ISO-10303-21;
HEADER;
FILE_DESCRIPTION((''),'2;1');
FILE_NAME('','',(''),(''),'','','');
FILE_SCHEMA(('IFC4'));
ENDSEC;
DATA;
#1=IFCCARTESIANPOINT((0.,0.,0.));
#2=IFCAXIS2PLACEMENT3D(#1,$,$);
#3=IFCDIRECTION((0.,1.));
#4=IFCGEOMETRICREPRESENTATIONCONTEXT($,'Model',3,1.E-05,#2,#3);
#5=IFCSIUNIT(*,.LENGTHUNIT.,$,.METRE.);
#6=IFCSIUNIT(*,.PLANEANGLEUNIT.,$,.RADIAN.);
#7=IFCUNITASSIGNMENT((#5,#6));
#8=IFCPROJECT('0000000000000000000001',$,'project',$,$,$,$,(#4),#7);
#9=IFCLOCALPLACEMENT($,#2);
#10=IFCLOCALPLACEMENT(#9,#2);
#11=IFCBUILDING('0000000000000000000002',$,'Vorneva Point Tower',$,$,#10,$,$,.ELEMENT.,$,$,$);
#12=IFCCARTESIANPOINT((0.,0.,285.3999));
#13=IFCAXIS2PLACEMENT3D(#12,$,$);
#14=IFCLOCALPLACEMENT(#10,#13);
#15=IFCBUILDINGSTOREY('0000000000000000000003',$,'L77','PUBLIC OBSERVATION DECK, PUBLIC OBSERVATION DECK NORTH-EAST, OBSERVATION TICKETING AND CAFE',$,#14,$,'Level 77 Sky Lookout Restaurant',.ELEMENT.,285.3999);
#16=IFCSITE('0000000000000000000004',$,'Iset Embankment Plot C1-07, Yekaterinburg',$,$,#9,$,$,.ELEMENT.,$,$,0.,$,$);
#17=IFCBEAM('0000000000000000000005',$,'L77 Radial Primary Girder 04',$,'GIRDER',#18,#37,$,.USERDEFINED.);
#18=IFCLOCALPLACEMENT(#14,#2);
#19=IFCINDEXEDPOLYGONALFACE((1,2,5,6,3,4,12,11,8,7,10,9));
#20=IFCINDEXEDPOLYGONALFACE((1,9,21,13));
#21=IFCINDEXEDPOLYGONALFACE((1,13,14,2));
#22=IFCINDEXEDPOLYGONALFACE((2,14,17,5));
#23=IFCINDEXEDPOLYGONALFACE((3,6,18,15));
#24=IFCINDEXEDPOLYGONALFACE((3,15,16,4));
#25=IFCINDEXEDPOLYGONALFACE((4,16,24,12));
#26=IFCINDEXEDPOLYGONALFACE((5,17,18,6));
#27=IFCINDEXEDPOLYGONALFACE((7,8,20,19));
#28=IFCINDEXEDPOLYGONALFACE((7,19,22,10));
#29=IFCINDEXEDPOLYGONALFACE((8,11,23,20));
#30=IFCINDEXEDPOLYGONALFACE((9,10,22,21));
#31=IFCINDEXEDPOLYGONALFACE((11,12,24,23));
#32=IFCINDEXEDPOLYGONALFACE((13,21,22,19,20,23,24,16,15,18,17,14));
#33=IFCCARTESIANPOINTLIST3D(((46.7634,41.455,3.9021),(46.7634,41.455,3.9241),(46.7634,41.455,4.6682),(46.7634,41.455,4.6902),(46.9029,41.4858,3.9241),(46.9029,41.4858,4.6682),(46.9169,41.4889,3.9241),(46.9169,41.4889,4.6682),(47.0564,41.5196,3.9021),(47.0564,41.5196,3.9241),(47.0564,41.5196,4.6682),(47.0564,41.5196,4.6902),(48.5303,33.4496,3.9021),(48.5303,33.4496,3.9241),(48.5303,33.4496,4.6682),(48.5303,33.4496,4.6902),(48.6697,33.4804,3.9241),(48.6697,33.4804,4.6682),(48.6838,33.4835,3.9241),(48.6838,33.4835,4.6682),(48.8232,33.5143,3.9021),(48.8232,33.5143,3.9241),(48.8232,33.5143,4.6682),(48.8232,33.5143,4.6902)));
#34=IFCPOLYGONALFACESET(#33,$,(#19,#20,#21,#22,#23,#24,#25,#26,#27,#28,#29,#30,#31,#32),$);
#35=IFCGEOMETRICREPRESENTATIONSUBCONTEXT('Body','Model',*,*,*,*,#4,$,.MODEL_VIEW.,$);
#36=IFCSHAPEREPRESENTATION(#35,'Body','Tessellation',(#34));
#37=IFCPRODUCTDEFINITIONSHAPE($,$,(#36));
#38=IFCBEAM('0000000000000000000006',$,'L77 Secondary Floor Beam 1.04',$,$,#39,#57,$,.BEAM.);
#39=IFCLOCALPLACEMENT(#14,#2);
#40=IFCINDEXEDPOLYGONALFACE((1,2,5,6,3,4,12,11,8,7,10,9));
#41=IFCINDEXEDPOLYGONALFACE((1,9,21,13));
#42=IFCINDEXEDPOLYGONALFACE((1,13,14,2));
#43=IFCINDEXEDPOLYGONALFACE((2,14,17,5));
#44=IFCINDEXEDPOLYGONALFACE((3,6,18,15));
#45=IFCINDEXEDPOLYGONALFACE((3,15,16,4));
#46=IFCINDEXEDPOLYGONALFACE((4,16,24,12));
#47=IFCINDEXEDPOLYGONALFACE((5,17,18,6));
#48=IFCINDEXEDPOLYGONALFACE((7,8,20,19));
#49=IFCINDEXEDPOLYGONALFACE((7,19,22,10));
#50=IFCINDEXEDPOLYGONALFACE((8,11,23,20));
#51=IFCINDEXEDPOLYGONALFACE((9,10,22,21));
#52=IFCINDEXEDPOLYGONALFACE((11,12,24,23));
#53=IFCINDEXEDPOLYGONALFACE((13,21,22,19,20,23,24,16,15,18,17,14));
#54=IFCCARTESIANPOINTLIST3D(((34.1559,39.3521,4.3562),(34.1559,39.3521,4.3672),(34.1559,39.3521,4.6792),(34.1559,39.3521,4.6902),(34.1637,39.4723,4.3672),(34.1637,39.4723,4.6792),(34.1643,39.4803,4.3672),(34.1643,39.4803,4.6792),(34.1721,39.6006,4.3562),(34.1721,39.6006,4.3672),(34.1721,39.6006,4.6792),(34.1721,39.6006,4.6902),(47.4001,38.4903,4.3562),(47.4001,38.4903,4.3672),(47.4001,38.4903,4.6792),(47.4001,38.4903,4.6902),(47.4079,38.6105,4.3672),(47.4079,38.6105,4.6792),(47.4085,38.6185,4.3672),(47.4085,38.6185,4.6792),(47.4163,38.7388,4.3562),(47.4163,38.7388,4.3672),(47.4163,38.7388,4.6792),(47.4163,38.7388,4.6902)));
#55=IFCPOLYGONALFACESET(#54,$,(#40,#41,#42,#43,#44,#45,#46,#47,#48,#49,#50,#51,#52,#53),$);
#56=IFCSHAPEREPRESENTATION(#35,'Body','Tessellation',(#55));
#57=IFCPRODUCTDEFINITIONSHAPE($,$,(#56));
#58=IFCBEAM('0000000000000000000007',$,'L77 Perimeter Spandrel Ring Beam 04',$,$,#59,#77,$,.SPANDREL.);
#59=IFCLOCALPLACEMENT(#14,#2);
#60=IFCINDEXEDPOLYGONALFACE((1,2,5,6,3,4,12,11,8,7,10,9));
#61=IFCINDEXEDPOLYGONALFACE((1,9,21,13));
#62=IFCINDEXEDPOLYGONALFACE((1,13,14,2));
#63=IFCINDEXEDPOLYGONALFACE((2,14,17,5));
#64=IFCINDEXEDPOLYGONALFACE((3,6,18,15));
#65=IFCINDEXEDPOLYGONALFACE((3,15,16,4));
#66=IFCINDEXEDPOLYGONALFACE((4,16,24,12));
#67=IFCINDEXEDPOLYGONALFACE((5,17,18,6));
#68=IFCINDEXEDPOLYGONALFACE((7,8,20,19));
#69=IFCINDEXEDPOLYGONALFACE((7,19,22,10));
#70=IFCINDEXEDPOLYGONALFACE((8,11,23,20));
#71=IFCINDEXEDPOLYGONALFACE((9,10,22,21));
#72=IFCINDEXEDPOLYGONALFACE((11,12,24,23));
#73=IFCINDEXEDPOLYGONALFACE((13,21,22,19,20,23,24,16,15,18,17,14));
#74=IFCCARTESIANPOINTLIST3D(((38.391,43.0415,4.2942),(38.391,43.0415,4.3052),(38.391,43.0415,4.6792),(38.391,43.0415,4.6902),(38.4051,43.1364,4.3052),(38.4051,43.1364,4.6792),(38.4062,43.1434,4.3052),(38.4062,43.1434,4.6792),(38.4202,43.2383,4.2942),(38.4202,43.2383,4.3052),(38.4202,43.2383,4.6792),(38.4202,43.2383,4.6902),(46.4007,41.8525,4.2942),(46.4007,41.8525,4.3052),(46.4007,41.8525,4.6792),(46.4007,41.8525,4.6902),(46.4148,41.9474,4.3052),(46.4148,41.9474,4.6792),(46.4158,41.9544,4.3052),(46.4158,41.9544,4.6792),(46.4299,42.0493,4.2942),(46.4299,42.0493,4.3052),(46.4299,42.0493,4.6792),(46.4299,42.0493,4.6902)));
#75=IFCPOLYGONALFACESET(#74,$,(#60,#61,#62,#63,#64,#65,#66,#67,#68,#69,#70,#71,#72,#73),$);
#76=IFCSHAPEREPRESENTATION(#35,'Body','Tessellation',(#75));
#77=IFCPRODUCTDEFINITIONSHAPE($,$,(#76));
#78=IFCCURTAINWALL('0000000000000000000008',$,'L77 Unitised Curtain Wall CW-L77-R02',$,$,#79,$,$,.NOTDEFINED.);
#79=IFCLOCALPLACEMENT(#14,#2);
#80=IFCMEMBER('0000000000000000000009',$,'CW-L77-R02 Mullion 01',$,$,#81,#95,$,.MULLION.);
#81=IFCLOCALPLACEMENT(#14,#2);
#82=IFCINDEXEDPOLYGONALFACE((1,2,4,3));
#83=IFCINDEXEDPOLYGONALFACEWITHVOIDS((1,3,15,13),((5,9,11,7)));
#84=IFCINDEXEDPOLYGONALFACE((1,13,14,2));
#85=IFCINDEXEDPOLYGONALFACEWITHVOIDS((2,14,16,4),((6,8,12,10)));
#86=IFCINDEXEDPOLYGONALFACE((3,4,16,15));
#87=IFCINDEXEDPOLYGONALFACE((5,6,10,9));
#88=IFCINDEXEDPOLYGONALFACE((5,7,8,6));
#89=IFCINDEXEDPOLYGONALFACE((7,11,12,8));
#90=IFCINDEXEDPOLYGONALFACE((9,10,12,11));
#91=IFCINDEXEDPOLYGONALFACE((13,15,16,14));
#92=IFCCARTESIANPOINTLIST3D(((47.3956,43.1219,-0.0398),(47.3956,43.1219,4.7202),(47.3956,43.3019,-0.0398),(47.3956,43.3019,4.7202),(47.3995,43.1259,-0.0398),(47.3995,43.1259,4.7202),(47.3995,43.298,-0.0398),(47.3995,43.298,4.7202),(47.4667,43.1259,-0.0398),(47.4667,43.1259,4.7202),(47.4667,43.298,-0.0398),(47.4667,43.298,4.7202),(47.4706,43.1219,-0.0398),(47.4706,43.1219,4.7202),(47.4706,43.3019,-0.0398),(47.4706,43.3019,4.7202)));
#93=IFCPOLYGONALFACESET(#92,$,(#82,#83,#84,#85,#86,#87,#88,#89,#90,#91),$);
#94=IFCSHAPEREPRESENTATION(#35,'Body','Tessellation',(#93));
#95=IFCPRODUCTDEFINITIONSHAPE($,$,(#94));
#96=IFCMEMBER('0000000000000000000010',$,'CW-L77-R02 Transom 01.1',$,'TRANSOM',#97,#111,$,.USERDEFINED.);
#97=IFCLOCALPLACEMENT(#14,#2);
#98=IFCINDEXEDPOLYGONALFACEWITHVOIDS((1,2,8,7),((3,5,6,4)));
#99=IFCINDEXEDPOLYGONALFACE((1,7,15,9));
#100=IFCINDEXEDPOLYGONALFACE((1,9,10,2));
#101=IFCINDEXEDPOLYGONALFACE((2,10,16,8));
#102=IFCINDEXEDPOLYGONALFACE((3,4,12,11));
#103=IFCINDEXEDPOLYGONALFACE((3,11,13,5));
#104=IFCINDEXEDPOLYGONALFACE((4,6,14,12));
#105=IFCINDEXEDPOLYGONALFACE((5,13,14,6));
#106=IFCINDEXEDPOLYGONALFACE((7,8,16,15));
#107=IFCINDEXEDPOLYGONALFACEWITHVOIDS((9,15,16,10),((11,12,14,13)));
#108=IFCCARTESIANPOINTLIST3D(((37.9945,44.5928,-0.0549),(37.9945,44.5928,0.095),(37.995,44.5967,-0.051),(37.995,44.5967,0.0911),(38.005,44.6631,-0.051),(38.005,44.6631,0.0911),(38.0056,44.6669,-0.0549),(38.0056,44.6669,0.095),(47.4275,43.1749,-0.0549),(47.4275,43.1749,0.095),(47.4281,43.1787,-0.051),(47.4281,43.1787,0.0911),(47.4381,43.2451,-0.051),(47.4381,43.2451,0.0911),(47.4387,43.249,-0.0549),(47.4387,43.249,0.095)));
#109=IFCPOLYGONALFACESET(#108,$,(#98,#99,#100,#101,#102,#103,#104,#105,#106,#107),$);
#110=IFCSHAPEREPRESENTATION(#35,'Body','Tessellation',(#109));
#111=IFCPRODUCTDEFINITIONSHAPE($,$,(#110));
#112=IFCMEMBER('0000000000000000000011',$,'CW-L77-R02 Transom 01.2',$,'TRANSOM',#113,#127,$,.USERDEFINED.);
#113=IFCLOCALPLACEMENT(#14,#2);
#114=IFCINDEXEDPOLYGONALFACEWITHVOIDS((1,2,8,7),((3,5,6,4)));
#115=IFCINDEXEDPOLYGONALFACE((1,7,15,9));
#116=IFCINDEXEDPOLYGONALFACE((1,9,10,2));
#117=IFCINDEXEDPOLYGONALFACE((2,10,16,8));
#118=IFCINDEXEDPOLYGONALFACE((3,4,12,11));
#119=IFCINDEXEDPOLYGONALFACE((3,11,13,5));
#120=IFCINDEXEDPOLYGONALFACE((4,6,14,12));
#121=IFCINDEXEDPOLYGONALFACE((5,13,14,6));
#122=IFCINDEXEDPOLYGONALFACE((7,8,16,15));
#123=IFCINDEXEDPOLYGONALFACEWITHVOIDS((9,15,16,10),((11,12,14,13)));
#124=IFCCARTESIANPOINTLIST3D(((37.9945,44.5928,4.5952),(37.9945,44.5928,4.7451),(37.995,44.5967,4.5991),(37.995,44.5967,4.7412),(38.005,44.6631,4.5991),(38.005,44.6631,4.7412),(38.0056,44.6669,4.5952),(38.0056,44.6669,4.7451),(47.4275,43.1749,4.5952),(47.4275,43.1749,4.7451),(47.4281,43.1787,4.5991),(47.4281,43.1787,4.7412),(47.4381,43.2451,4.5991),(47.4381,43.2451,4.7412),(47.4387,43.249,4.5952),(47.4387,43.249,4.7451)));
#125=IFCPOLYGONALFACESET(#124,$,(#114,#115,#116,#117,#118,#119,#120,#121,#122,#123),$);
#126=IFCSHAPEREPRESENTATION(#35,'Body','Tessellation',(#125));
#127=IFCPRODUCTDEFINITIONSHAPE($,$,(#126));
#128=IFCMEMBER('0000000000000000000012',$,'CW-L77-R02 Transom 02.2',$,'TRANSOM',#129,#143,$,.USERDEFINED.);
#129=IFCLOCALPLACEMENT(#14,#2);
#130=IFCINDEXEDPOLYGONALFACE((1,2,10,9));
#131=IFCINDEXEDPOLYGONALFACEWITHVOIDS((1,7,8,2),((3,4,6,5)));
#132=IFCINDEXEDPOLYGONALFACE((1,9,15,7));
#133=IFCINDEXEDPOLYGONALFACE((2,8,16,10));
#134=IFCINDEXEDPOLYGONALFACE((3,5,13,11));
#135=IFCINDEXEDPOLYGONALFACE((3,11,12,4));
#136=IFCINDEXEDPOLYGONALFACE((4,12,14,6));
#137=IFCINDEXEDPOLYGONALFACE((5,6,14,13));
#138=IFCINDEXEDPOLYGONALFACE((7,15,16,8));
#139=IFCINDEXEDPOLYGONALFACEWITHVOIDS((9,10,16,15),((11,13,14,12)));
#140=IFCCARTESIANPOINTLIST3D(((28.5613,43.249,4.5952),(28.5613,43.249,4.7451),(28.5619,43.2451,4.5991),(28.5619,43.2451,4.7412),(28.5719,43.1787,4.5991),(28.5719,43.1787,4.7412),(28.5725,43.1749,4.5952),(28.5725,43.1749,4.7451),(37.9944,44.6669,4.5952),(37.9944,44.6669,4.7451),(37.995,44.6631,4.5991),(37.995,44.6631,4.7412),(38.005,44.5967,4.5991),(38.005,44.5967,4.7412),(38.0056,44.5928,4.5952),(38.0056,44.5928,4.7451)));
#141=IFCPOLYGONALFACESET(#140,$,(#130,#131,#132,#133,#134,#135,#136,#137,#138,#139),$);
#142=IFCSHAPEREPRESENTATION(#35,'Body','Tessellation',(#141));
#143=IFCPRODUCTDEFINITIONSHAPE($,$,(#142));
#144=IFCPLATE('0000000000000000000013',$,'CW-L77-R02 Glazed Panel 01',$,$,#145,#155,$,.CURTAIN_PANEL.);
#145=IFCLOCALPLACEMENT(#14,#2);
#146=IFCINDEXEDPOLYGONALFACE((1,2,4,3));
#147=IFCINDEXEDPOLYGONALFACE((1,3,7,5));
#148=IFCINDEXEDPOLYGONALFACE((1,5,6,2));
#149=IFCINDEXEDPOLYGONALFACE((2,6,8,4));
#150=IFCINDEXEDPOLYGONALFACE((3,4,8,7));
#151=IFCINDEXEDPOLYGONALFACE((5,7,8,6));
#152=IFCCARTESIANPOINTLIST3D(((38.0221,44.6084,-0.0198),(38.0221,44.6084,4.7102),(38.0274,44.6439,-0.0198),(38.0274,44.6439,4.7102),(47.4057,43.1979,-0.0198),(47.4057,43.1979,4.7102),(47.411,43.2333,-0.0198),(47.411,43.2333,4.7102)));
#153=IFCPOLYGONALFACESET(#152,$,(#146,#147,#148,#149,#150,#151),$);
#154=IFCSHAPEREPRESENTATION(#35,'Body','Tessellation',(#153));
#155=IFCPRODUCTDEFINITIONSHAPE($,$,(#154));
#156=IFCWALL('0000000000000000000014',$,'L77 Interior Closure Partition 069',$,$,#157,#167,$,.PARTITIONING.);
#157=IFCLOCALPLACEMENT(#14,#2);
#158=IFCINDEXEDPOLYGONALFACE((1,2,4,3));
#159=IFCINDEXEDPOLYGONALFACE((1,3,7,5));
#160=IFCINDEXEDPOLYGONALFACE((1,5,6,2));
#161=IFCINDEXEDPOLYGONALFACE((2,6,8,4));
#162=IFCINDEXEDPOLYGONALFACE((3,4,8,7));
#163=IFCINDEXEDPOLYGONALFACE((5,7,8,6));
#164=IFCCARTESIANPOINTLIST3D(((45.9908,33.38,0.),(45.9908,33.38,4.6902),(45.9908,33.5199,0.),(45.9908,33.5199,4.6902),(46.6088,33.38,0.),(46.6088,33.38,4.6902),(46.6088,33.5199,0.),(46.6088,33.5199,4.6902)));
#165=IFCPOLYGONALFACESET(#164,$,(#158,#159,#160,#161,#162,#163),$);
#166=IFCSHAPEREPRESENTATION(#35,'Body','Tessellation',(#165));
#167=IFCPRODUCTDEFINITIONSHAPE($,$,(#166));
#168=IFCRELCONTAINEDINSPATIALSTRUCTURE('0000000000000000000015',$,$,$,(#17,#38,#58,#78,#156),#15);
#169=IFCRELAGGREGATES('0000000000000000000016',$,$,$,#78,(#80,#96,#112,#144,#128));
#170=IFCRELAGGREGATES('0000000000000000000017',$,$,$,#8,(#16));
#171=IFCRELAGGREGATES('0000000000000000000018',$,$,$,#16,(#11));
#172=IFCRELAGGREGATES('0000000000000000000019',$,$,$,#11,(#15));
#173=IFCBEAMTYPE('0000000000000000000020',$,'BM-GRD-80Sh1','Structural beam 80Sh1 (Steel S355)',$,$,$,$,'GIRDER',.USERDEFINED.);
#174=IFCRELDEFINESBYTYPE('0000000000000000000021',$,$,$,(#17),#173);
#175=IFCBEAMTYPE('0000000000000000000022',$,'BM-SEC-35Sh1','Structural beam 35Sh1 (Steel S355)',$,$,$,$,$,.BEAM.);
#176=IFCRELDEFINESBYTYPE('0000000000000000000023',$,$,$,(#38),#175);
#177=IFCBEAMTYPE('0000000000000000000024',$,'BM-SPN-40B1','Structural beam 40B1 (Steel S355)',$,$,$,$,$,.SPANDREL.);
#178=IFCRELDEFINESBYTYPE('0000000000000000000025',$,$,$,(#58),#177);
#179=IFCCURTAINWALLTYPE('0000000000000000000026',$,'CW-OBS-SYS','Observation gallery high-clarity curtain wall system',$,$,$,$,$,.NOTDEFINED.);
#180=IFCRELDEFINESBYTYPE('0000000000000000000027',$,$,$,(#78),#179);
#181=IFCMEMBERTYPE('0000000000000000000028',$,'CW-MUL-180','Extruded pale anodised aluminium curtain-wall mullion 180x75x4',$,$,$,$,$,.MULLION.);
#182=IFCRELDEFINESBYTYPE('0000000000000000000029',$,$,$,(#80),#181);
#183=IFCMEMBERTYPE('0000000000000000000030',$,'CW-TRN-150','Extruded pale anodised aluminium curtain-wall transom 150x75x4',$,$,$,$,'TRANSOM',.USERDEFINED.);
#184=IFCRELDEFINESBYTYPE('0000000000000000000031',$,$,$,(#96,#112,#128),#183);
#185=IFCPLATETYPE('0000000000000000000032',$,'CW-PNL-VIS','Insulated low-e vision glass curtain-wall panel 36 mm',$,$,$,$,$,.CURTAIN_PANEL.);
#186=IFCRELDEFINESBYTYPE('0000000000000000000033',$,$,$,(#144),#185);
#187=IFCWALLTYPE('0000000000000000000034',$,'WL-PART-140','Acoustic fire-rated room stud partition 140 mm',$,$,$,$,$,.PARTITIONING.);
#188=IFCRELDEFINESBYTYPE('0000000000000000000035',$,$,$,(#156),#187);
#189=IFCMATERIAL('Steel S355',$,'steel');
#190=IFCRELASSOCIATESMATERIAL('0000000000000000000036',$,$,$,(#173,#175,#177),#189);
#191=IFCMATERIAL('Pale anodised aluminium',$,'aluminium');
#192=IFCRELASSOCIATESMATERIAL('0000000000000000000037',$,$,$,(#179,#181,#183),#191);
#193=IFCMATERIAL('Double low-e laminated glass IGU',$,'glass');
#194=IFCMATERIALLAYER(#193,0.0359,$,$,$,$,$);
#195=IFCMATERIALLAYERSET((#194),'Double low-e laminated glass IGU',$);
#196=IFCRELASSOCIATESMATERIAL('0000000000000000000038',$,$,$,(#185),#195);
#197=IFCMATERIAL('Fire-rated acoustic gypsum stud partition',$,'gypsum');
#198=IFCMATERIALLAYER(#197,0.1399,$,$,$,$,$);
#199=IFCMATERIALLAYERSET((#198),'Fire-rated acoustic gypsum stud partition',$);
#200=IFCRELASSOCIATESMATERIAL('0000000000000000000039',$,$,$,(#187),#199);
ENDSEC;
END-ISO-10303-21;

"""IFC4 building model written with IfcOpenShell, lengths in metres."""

from ifc_helpers import new_model, si_unit, direction, frame, frame_2d, origin, origin_2d, place, context, subcontext, project, spatial, rectangle, hollow_rectangle, i_section, extrude, material, layer, layer_set, material_profile, profile_set, type_object, element, aggregate, save


model = new_model("IFC4")

# Units and contexts
model_context = context("Model", 3, precision=1e-05, world=origin(), true_north=direction((0.0, 1.0)))
body_context = subcontext(model_context, "Body", "Model", "MODEL_VIEW")
ifc_project = project(units=[si_unit("LENGTHUNIT", "METRE"), si_unit("PLANEANGLEUNIT", "RADIAN")], contexts=[model_context])

# Site, building, storey
site_placement = place(None, origin())
site = spatial("IfcSite", under=ifc_project, at=site_placement, Name="Iset Embankment Plot C1-07, Yekaterinburg", CompositionType="ELEMENT", RefElevation=0.0)
building_placement = place(site_placement, origin())
building = spatial("IfcBuilding", under=site, at=building_placement, Name="Vorneva Point Tower", CompositionType="ELEMENT")
storey_placement = place(building_placement, frame((0.0, 0.0, 285.3999)))
storey = spatial("IfcBuildingStorey", under=building, at=storey_placement, Name="L77", Description="PUBLIC OBSERVATION DECK, PUBLIC OBSERVATION DECK NORTH-EAST, OBSERVATION TICKETING AND CAFE", LongName="Level 77 Sky Lookout Restaurant", CompositionType="ELEMENT", Elevation=285.3999)

# Beams
ifc_material_1 = material(Name="Steel S355", Category="steel")
ifc_material_profile_1 = material_profile(ifc_material_1, i_section(OverallWidth=0.3, OverallDepth=0.7881, WebThickness=0.0144, FlangeThickness=0.022, at=origin_2d()), Name="80Sh1")
ifc_profile_set_1 = profile_set([ifc_material_profile_1], Name="Steel S355")
beam_type_1 = type_object("IfcBeamType", Name="BM-GRD-80Sh1", Description="Structural beam 80Sh1 (Steel S355)", ElementType="GIRDER", PredefinedType="USERDEFINED", material=ifc_profile_set_1)
beam_1_placement = place(storey_placement, frame((46.9099, 41.4873, 4.2961), z_axis=(0.215521, -0.976499, 0.0), x_axis=(0.976499, 0.215521, 0.0)))
element("IfcBeam", 1, at=beam_1_placement, inside=storey, type_object=beam_type_1, Name="L77 Radial Primary Girder 04", ObjectType="GIRDER", PredefinedType="USERDEFINED", context=body_context, shape_type="SweptSolid", body=[
    extrude(i_section(OverallWidth=0.3, OverallDepth=0.7881, WebThickness=0.0144, FlangeThickness=0.022, at=origin_2d()), origin(), (0.0, 0.0, 1.0), 8.198),
])
ifc_material_profile_2 = material_profile(ifc_material_1, i_section(OverallWidth=0.249, OverallDepth=0.334, WebThickness=0.0081, FlangeThickness=0.011, at=origin_2d()), Name="35Sh1")
ifc_profile_set_2 = profile_set([ifc_material_profile_2], Name="Steel S355")
beam_type_2 = type_object("IfcBeamType", Name="BM-SEC-35Sh1", Description="Structural beam 35Sh1 (Steel S355)", PredefinedType="BEAM", material=ifc_profile_set_2)
beam_2_placement = place(storey_placement, frame((47.4082, 38.6145, 4.5232), z_axis=(-0.99789, 0.064934, 0.0), x_axis=(-0.064934, -0.99789, 0.0)))
element("IfcBeam", 2, at=beam_2_placement, inside=storey, type_object=beam_type_2, Name="L77 Secondary Floor Beam 1.04", PredefinedType="BEAM", context=body_context, shape_type="SweptSolid", body=[
    extrude(i_section(OverallWidth=0.249, OverallDepth=0.334, WebThickness=0.0081, FlangeThickness=0.011, at=origin_2d()), origin(), (0.0, 0.0, 1.0), 13.2722),
])
ifc_material_profile_3 = material_profile(ifc_material_1, i_section(OverallWidth=0.199, OverallDepth=0.396, WebThickness=0.0071, FlangeThickness=0.011, at=origin_2d()), Name="40B1")
ifc_profile_set_3 = profile_set([ifc_material_profile_3], Name="Steel S355")
beam_type_3 = type_object("IfcBeamType", Name="BM-SPN-40B1", Description="Structural beam 40B1 (Steel S355)", PredefinedType="SPANDREL", material=ifc_profile_set_3)
beam_3_placement = place(storey_placement, frame((46.4153, 41.9509, 4.4922), z_axis=(-0.989162, 0.146831, 0.0), x_axis=(-0.146831, -0.989162, 0.0)))
element("IfcBeam", 3, at=beam_3_placement, inside=storey, type_object=beam_type_3, Name="L77 Perimeter Spandrel Ring Beam 04", PredefinedType="SPANDREL", context=body_context, shape_type="SweptSolid", body=[
    extrude(i_section(OverallWidth=0.199, OverallDepth=0.396, WebThickness=0.0071, FlangeThickness=0.011, at=origin_2d()), origin(), (0.0, 0.0, 1.0), 8.0974),
])

# Curtain wall, members, plate
ifc_material_2 = material(Name="Pale anodised aluminium", Category="aluminium")
curtain_wall_type = type_object("IfcCurtainWallType", Name="CW-OBS-SYS", Description="Observation gallery high-clarity curtain wall system", PredefinedType="NOTDEFINED", material=ifc_material_2)
curtain_wall_placement = place(storey_placement, origin())
curtain_wall = element("IfcCurtainWall", 4, at=curtain_wall_placement, inside=storey, type_object=curtain_wall_type, Name="L77 Unitised Curtain Wall CW-L77-R02", PredefinedType="NOTDEFINED")
ifc_material_profile_4 = material_profile(ifc_material_2, hollow_rectangle(XDim=0.075, YDim=0.1799, WallThickness=0.0039, at=origin_2d()), Name="AL-MUL 180x75x4")
ifc_profile_set_4 = profile_set([ifc_material_profile_4], Name="Pale anodised aluminium")
member_type_1 = type_object("IfcMemberType", Name="CW-MUL-180", Description="Extruded pale anodised aluminium curtain-wall mullion 180x75x4", PredefinedType="MULLION", material=ifc_profile_set_4)
member_1_placement = place(storey_placement, frame((47.4331, 43.2119, -0.0398), z_axis=(0.0, 0.0, 1.0), x_axis=(1.0, 0.0, 0.0)))
member_1 = element("IfcMember", 5, at=member_1_placement, type_object=member_type_1, Name="CW-L77-R02 Mullion 01", PredefinedType="MULLION", context=body_context, shape_type="SweptSolid", body=[
    extrude(hollow_rectangle(XDim=0.075, YDim=0.1799, WallThickness=0.0039, at=origin_2d()), origin(), (0.0, 0.0, 1.0), 4.76),
])
ifc_material_profile_5 = material_profile(ifc_material_2, hollow_rectangle(XDim=0.075, YDim=0.1499, WallThickness=0.0039, at=origin_2d()), Name="AL-TRN 150x75x4")
ifc_profile_set_5 = profile_set([ifc_material_profile_5], Name="Pale anodised aluminium")
member_type_2 = type_object("IfcMemberType", Name="CW-TRN-150", Description="Extruded pale anodised aluminium curtain-wall transom 150x75x4", ElementType="TRANSOM", PredefinedType="USERDEFINED", material=ifc_profile_set_5)
member_2_placement = place(storey_placement, frame((47.4331, 43.2119, 0.02), z_axis=(-0.98889, 0.148648, 0.0), x_axis=(-0.148648, -0.98889, 0.0)))
member_2 = element("IfcMember", 6, at=member_2_placement, type_object=member_type_2, Name="CW-L77-R02 Transom 01.1", ObjectType="TRANSOM", PredefinedType="USERDEFINED", context=body_context, shape_type="SweptSolid", body=[
    extrude(hollow_rectangle(XDim=0.075, YDim=0.1499, WallThickness=0.0039, at=origin_2d()), origin(), (0.0, 0.0, 1.0), 9.5391),
])
member_3_placement = place(storey_placement, frame((47.4331, 43.2119, 4.6702), z_axis=(-0.98889, 0.148648, 0.0), x_axis=(-0.148648, -0.98889, 0.0)))
member_3 = element("IfcMember", 7, at=member_3_placement, type_object=member_type_2, Name="CW-L77-R02 Transom 01.2", ObjectType="TRANSOM", PredefinedType="USERDEFINED", context=body_context, shape_type="SweptSolid", body=[
    extrude(hollow_rectangle(XDim=0.075, YDim=0.1499, WallThickness=0.0039, at=origin_2d()), origin(), (0.0, 0.0, 1.0), 9.5391),
])
member_4_placement = place(storey_placement, frame((38.0, 44.6299, 4.6702), z_axis=(-0.98889, -0.148648, 0.0), x_axis=(0.148648, -0.98889, 0.0)))
member_4 = element("IfcMember", 8, at=member_4_placement, type_object=member_type_2, Name="CW-L77-R02 Transom 02.2", ObjectType="TRANSOM", PredefinedType="USERDEFINED", context=body_context, shape_type="SweptSolid", body=[
    extrude(hollow_rectangle(XDim=0.075, YDim=0.1499, WallThickness=0.0039, at=origin_2d()), origin(), (0.0, 0.0, 1.0), 9.5391),
])
ifc_material_3 = material(Name="Double low-e laminated glass IGU", Category="glass")
ifc_layer_1 = layer(ifc_material_3, 0.0359)
ifc_layer_set_1 = layer_set([ifc_layer_1], Name="Double low-e laminated glass IGU")
plate_type = type_object("IfcPlateType", Name="CW-PNL-VIS", Description="Insulated low-e vision glass curtain-wall panel 36 mm", PredefinedType="CURTAIN_PANEL", material=ifc_layer_set_1)
plate_placement = place(storey_placement, frame((42.7166, 43.9209, -0.0198), z_axis=(0.0, 0.0, 1.0), x_axis=(-0.988889, 0.148655, 0.0)))
plate = element("IfcPlate", 9, at=plate_placement, type_object=plate_type, Name="CW-L77-R02 Glazed Panel 01", PredefinedType="CURTAIN_PANEL", context=body_context, shape_type="SweptSolid", body=[
    extrude(rectangle(XDim=9.489, YDim=0.0359, at=origin_2d()), origin(), (0.0, 0.0, 1.0), 4.73),
])
aggregate(curtain_wall, [member_1, member_2, member_3, plate, member_4])

# Wall
ifc_material_4 = material(Name="Fire-rated acoustic gypsum stud partition", Category="gypsum")
ifc_layer_2 = layer(ifc_material_4, 0.1399)
ifc_layer_set_2 = layer_set([ifc_layer_2], Name="Fire-rated acoustic gypsum stud partition")
wall_type_1 = type_object("IfcWallType", Name="WL-PART-140", Description="Acoustic fire-rated room stud partition 140 mm", PredefinedType="PARTITIONING", material=ifc_layer_set_2)
wall_1_placement = place(storey_placement, frame((46.6089, 33.45, 0.0), z_axis=(0.0, 0.0, 1.0), x_axis=(-1.0, 0.0, 0.0)))
element("IfcWall", 10, at=wall_1_placement, inside=storey, type_object=wall_type_1, Name="L77 Interior Closure Partition 069", PredefinedType="PARTITIONING", context=body_context, shape_type="SweptSolid", body=[
    extrude(rectangle(XDim=0.6179, YDim=0.1399, at=frame_2d((0.3091, 0.0))), origin(), (0.0, 0.0, 1.0), 4.6902),
])

save(model, "model.ifc")
